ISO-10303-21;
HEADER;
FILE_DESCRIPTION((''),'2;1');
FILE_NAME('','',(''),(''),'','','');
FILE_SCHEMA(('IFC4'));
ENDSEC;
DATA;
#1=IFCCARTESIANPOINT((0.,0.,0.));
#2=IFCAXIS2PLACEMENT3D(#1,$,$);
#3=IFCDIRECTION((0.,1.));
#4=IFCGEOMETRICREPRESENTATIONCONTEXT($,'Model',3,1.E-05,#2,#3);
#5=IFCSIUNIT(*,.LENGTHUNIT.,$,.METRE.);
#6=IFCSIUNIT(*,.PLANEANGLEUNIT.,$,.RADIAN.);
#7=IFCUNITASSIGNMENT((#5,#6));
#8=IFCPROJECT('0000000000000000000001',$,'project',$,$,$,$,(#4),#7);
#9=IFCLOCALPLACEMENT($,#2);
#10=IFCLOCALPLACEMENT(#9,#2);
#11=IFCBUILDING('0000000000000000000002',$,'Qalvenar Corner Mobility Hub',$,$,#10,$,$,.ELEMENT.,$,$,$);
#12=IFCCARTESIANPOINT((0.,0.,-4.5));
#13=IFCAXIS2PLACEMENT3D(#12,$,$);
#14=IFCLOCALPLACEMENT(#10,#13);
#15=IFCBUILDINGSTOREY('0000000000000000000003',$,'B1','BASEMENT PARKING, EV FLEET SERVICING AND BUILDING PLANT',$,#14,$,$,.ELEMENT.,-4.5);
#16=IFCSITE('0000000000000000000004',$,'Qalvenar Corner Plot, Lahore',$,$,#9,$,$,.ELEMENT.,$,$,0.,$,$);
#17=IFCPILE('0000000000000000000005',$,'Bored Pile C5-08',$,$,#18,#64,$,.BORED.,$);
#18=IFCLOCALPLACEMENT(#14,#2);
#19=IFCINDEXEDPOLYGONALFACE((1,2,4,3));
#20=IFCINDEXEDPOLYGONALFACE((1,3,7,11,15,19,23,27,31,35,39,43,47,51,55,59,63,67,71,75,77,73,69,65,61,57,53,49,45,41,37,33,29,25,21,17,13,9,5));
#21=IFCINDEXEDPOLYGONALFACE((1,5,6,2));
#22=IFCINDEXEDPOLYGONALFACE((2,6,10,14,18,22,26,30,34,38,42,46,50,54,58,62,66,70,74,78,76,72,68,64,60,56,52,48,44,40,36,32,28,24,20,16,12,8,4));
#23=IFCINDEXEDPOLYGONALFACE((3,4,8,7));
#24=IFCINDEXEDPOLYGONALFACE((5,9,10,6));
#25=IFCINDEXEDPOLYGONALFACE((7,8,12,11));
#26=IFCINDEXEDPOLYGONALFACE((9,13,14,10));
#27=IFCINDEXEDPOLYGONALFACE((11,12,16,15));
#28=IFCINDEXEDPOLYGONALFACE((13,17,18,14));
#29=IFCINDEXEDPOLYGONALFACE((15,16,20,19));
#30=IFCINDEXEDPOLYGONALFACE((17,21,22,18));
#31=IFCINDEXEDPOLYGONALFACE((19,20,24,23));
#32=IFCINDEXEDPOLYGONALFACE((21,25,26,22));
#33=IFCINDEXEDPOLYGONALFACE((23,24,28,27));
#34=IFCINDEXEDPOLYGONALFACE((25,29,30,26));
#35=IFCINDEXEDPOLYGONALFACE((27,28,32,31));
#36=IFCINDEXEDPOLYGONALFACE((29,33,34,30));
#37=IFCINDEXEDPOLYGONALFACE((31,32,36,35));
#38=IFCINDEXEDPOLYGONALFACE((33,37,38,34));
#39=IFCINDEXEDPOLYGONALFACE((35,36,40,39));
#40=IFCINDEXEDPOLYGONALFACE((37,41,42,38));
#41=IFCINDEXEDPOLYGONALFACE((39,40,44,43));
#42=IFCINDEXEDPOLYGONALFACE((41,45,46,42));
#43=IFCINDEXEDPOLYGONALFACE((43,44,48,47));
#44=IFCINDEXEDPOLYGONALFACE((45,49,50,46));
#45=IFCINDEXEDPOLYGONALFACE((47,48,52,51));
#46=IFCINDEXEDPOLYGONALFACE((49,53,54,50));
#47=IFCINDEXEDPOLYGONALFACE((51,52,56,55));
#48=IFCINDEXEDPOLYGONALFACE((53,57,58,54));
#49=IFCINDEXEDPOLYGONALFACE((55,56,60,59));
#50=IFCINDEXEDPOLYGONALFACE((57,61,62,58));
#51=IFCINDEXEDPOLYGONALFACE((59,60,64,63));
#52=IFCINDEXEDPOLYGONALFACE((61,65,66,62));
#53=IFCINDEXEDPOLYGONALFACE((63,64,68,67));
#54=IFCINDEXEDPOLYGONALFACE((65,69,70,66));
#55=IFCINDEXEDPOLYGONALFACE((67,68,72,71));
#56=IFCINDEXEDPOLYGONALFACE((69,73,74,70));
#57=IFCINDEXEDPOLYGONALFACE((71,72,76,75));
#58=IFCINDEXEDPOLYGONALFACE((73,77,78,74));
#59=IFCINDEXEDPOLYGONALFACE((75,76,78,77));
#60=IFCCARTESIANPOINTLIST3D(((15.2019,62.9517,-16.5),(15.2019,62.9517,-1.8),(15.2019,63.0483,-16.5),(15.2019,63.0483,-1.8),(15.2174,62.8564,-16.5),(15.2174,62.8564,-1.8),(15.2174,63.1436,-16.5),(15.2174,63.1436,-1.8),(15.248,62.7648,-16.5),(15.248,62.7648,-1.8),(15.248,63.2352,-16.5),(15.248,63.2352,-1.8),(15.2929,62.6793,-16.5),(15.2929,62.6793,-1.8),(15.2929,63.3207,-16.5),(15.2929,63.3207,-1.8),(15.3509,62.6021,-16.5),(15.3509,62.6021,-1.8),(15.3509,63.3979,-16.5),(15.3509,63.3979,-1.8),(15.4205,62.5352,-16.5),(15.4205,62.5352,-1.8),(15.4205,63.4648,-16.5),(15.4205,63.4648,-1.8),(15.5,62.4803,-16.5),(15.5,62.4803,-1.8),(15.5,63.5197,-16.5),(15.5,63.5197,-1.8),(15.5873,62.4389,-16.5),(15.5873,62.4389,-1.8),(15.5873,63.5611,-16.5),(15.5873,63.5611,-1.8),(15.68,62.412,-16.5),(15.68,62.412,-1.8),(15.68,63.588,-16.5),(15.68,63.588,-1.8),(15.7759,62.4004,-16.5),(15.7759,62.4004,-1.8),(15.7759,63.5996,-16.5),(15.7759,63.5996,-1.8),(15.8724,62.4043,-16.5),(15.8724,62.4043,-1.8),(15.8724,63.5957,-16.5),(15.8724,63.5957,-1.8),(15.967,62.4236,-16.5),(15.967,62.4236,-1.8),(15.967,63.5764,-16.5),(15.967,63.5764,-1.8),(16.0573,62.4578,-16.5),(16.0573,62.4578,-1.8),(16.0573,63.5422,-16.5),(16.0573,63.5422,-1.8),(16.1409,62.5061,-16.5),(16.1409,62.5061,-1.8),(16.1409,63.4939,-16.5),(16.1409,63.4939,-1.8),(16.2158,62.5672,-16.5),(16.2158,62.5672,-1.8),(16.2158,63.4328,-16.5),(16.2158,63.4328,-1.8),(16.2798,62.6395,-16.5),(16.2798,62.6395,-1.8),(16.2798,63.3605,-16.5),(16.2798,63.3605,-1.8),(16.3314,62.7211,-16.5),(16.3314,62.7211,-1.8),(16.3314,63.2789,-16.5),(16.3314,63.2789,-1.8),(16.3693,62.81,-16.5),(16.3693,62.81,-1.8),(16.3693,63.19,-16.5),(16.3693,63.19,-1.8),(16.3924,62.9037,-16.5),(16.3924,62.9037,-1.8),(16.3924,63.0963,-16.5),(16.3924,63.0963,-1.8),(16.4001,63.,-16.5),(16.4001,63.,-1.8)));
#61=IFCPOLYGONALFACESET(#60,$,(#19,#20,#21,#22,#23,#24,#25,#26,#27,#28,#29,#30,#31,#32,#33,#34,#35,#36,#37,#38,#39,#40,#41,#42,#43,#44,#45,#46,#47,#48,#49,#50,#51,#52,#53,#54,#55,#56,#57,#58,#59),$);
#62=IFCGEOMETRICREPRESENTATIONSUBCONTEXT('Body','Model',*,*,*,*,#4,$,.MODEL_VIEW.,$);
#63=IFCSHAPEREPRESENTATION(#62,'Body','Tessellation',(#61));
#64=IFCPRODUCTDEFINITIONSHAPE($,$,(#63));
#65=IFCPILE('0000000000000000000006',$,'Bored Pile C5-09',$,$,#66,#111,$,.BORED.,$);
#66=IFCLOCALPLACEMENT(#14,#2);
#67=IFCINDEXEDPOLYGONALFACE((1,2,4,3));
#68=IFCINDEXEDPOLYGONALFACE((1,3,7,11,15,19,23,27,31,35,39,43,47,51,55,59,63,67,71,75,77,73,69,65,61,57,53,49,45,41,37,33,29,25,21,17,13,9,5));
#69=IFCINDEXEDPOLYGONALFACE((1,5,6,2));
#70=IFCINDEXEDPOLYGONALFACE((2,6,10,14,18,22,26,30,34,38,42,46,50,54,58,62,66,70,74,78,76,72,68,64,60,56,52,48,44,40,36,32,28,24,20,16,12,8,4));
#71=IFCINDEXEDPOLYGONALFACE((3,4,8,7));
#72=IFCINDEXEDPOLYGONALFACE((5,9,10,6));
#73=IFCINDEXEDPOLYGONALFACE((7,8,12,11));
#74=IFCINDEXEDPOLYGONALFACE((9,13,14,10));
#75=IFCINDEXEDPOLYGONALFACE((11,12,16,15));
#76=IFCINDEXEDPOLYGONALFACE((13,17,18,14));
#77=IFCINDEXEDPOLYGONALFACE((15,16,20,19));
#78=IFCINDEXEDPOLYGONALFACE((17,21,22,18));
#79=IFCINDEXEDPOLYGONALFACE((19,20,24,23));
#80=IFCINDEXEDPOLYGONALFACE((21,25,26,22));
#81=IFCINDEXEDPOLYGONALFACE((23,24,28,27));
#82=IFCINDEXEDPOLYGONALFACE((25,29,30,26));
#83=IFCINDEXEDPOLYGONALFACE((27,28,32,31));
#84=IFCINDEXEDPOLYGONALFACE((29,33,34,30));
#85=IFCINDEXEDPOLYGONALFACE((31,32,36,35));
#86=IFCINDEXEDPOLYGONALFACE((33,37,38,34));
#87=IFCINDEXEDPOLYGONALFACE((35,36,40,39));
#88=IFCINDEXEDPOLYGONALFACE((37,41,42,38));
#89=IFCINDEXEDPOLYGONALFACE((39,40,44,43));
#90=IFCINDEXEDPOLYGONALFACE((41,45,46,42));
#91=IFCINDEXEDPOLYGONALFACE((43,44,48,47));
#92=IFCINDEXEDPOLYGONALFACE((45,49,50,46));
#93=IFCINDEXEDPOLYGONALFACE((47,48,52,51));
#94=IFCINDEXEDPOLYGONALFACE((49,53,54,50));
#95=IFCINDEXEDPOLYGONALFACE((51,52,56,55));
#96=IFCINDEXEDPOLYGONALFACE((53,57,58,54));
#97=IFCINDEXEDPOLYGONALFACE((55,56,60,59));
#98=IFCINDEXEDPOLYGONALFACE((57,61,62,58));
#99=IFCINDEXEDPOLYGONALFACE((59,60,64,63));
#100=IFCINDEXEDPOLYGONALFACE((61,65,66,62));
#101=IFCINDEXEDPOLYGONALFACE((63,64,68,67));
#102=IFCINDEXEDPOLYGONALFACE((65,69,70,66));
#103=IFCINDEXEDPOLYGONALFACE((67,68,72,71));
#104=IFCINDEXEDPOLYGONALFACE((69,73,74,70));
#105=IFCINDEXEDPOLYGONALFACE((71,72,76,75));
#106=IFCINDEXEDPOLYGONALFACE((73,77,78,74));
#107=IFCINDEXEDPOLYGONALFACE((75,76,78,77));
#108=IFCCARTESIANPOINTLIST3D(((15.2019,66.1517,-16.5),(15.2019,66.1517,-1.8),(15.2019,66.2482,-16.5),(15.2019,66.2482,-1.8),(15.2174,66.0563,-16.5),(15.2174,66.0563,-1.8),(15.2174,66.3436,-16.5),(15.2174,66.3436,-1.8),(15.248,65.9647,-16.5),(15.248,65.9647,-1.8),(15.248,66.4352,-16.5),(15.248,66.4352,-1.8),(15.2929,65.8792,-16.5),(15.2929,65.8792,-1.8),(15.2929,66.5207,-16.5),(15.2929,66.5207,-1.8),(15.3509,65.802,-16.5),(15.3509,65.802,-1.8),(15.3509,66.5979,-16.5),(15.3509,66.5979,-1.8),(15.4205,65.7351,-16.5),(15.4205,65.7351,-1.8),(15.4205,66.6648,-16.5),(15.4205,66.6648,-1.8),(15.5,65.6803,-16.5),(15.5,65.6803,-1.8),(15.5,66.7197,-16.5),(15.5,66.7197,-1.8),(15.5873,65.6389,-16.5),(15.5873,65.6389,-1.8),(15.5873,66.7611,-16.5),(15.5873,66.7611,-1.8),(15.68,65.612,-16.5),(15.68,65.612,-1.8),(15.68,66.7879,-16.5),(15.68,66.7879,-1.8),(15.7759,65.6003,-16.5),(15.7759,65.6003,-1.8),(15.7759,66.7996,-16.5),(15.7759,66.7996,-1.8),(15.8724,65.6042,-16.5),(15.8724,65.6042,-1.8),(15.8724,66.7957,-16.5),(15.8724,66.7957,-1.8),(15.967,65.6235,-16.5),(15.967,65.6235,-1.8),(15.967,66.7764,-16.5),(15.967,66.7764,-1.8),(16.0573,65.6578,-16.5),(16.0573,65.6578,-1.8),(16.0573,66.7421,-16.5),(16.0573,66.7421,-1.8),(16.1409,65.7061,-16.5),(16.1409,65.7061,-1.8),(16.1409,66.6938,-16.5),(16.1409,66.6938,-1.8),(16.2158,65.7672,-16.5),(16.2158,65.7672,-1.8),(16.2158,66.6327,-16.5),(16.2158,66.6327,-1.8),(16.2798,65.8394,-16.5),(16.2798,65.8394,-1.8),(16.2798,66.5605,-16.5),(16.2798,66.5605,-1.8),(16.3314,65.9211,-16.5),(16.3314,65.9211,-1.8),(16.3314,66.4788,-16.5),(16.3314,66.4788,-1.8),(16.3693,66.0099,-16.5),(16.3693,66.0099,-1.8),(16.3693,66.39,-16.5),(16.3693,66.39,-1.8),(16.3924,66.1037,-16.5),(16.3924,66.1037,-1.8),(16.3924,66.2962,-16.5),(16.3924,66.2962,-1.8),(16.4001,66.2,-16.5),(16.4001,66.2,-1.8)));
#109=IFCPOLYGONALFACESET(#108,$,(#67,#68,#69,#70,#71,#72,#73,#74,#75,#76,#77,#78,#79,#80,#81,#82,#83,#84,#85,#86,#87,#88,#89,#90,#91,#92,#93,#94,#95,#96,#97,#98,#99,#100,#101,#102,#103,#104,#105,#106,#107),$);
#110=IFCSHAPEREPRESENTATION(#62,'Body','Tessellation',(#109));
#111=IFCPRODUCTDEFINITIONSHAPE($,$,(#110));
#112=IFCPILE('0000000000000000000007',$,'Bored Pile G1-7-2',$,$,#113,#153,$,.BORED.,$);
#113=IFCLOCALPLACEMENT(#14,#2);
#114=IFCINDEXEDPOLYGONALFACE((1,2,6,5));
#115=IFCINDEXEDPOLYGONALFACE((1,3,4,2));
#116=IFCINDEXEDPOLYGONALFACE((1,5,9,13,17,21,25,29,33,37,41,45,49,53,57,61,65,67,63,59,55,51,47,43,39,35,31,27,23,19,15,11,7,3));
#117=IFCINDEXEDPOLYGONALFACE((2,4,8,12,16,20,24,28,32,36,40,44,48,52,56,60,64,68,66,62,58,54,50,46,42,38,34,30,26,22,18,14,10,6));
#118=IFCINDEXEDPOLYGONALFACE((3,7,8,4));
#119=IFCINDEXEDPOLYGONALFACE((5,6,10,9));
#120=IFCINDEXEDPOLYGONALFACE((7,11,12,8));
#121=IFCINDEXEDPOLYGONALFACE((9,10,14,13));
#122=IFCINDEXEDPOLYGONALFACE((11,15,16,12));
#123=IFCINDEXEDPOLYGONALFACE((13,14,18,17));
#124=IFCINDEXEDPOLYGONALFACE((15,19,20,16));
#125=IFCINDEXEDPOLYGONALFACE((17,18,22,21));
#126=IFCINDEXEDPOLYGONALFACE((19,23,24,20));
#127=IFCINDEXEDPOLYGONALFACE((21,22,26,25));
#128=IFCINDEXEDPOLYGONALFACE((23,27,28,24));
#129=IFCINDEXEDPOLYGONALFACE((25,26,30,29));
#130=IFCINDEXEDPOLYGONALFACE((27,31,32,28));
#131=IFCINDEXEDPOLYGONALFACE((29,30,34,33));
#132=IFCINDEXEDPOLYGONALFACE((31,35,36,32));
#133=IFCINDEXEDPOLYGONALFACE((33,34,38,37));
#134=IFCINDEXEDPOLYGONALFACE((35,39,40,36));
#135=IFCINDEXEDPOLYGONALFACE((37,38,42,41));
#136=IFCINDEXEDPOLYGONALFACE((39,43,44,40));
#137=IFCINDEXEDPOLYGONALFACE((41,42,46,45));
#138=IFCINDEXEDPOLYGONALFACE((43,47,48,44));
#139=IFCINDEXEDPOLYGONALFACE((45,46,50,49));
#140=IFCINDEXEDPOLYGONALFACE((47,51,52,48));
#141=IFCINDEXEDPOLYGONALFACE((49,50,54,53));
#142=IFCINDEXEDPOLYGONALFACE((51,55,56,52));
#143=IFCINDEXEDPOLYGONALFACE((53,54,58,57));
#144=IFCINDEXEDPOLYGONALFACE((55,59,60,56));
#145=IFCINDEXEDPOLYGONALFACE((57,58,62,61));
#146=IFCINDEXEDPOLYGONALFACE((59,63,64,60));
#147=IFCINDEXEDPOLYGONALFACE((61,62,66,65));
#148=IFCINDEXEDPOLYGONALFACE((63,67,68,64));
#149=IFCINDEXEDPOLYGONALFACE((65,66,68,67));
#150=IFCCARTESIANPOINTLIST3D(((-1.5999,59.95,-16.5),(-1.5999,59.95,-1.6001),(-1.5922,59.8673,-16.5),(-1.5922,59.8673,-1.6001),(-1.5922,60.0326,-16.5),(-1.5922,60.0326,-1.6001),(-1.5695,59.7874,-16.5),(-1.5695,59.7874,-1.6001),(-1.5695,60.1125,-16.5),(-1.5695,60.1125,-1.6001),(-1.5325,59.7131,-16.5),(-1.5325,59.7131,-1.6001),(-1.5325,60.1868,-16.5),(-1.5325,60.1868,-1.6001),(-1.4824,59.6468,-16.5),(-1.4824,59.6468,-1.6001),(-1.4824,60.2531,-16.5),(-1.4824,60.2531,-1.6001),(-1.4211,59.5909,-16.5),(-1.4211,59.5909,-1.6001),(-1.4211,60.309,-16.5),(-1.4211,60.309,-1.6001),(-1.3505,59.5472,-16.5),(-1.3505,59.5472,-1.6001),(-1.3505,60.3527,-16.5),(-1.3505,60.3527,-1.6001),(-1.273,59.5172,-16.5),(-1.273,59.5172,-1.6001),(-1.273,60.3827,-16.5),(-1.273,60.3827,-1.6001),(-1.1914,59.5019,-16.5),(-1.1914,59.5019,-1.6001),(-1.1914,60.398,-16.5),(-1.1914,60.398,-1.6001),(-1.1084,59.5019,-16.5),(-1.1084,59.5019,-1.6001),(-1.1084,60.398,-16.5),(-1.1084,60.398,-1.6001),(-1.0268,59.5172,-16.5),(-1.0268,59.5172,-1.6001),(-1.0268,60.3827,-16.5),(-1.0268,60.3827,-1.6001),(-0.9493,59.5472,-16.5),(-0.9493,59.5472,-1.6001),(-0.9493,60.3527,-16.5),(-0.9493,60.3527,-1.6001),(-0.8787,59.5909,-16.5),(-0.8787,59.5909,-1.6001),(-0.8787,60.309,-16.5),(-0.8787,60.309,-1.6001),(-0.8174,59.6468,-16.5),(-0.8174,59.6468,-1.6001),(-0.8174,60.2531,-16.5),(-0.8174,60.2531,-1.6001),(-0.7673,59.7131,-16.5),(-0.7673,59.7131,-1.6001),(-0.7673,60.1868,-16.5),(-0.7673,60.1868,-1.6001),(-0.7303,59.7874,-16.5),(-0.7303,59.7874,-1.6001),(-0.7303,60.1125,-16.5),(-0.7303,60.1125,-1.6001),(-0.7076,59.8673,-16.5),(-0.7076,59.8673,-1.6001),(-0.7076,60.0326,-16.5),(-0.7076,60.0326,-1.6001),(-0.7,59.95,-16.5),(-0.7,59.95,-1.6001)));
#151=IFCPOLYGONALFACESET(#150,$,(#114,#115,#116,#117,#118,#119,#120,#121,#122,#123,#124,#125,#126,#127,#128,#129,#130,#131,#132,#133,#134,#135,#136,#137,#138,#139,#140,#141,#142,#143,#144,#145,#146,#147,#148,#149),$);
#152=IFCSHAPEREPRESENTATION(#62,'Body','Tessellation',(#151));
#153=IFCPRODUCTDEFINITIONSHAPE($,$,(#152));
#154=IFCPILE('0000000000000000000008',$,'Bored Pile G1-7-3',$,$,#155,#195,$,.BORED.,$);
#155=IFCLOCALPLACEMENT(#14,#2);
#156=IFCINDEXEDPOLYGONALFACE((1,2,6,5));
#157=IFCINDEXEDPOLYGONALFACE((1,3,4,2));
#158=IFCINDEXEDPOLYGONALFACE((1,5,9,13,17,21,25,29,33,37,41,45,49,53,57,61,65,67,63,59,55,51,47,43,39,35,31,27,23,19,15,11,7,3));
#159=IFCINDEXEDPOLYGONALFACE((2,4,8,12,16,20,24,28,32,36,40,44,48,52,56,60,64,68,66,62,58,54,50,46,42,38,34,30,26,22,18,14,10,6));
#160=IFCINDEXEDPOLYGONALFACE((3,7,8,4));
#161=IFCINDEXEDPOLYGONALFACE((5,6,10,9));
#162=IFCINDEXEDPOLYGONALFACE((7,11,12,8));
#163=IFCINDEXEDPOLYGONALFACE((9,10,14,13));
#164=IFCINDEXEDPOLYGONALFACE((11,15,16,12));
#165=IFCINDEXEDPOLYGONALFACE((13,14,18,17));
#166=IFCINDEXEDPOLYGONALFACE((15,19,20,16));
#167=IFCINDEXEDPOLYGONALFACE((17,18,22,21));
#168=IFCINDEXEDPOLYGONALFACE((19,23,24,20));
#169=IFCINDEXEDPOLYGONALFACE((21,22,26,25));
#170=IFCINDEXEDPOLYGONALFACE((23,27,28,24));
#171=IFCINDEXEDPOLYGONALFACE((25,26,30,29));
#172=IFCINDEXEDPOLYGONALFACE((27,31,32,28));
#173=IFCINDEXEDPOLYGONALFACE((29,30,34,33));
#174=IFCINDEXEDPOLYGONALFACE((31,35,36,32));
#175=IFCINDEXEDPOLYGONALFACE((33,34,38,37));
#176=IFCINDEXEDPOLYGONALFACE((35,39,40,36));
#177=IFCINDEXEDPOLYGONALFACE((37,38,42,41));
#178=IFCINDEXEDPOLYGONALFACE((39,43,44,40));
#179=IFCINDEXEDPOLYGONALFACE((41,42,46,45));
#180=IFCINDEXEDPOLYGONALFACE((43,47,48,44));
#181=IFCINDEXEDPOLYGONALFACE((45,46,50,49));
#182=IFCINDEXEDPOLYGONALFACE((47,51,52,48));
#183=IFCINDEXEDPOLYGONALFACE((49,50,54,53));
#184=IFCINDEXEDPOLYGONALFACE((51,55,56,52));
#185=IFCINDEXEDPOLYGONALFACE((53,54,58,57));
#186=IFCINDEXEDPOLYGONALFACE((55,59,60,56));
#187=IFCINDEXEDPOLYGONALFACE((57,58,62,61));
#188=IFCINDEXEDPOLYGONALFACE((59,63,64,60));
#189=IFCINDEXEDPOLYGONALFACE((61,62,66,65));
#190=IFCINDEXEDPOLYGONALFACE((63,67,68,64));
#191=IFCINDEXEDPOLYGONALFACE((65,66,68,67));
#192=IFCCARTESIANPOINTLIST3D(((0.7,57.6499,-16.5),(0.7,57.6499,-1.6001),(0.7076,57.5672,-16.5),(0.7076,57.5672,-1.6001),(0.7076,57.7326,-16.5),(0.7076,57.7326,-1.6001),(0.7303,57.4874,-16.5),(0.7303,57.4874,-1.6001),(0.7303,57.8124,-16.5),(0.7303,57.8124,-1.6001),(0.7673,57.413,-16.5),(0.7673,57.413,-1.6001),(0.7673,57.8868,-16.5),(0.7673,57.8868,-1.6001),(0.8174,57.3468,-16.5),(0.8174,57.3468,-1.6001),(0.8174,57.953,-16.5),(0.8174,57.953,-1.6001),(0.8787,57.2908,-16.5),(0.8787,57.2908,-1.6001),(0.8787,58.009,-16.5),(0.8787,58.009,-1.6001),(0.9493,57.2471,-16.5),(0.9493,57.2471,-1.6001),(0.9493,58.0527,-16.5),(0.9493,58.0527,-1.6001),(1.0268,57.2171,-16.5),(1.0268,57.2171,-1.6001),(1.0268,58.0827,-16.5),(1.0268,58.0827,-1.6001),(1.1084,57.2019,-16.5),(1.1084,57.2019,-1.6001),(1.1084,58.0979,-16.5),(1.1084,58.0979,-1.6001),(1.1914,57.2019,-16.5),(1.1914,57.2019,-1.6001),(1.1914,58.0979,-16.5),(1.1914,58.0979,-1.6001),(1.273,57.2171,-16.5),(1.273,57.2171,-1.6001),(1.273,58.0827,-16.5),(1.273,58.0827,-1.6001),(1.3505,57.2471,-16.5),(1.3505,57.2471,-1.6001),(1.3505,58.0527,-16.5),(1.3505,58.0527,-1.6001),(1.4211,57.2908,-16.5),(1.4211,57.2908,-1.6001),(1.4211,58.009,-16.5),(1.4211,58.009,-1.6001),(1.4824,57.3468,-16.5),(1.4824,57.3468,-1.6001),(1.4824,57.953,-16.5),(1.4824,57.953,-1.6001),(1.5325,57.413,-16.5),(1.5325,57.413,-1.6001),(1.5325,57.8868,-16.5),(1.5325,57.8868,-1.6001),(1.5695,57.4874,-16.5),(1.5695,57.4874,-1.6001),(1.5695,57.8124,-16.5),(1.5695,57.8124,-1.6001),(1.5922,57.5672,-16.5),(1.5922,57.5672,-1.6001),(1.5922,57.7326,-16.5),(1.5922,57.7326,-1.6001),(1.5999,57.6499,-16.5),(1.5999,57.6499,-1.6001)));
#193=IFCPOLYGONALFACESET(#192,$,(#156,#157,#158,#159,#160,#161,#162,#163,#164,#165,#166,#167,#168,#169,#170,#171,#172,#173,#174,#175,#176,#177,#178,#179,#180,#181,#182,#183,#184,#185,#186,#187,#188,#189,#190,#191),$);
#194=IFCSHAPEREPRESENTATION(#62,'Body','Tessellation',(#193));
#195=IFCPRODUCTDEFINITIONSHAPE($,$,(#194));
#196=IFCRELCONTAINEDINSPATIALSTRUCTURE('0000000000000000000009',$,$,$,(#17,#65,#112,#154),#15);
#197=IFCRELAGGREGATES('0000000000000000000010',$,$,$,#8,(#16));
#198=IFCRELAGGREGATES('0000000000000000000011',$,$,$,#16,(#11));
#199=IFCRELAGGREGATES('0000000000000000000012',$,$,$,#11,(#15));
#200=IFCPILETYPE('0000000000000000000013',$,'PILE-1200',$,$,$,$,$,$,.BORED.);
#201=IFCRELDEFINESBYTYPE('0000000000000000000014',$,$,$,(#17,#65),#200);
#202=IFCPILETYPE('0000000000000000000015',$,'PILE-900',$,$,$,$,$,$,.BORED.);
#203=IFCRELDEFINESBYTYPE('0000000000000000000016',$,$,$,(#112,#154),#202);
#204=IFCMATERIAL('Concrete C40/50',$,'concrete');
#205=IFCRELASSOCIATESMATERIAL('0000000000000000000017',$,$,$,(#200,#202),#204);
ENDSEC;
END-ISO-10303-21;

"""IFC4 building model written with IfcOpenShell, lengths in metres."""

from ifc_helpers import new_model, si_unit, direction, frame, origin, origin_2d, place, context, subcontext, project, spatial, circle, extrude, material, material_profile, profile_set, type_object, element, save


model = new_model("IFC4")

# Units and contexts
model_context = context("Model", 3, precision=1e-05, world=origin(), true_north=direction((0.0, 1.0)))
body_context = subcontext(model_context, "Body", "Model", "MODEL_VIEW")
ifc_project = project(units=[si_unit("LENGTHUNIT", "METRE"), si_unit("PLANEANGLEUNIT", "RADIAN")], contexts=[model_context])

# Site, building, storey
site_placement = place(None, origin())
site = spatial("IfcSite", under=ifc_project, at=site_placement, Name="Qalvenar Corner Plot, Lahore", CompositionType="ELEMENT", RefElevation=0.0)
building_placement = place(site_placement, origin())
building = spatial("IfcBuilding", under=site, at=building_placement, Name="Qalvenar Corner Mobility Hub", CompositionType="ELEMENT")
storey_placement = place(building_placement, frame((0.0, 0.0, -4.5)))
storey = spatial("IfcBuildingStorey", under=building, at=storey_placement, Name="B1", Description="BASEMENT PARKING, EV FLEET SERVICING AND BUILDING PLANT", CompositionType="ELEMENT", Elevation=-4.5)

# Shared definitions
ifc_material_1 = material(Name="Concrete C40/50", Category="concrete")

# Piles
ifc_material_profile_1 = material_profile(ifc_material_1, circle(Radius=0.6001, at=origin_2d()), Name="DIA1200")
ifc_profile_set_1 = profile_set([ifc_material_profile_1], Name="Concrete C40/50")
pile_type_1 = type_object("IfcPileType", Name="PILE-1200", PredefinedType="BORED", material=ifc_profile_set_1)
for number, where, z_axis, x_axis, name in (
    (1, (15.8, 63.0, -1.8), (0.0, 0.0, -1.0), (1.0, 0.0, 0.0), "Bored Pile C5-08"),
    (2, (15.8, 66.2, -1.8), (0.0, 0.0, -1.0), (1.0, 0.0, 0.0), "Bored Pile C5-09"),
):
    element("IfcPile", number, at=place(storey_placement, frame(where, z_axis=z_axis, x_axis=x_axis)), inside=storey, type_object=pile_type_1, Name=name, PredefinedType="BORED", context=body_context, shape_type="SweptSolid", body=[
        extrude(circle(Radius=0.6001, at=origin_2d()), origin(), (0.0, 0.0, 1.0), 14.7),
    ])
ifc_material_profile_2 = material_profile(ifc_material_1, circle(Radius=0.45, at=origin_2d()), Name="DIA900")
ifc_profile_set_2 = profile_set([ifc_material_profile_2], Name="Concrete C40/50")
pile_type_2 = type_object("IfcPileType", Name="PILE-900", PredefinedType="BORED", material=ifc_profile_set_2)
for number, where, z_axis, x_axis, name in (
    (3, (-1.1499, 59.95, -1.6001), (0.0, 0.0, -1.0), (1.0, 0.0, 0.0), "Bored Pile G1-7-2"),
    (4, (1.1499, 57.6499, -1.6001), (0.0, 0.0, -1.0), (1.0, 0.0, 0.0), "Bored Pile G1-7-3"),
):
    element("IfcPile", number, at=place(storey_placement, frame(where, z_axis=z_axis, x_axis=x_axis)), inside=storey, type_object=pile_type_2, Name=name, PredefinedType="BORED", context=body_context, shape_type="SweptSolid", body=[
        extrude(circle(Radius=0.45, at=origin_2d()), origin(), (0.0, 0.0, 1.0), 14.8999),
    ])

save(model, "model.ifc")
